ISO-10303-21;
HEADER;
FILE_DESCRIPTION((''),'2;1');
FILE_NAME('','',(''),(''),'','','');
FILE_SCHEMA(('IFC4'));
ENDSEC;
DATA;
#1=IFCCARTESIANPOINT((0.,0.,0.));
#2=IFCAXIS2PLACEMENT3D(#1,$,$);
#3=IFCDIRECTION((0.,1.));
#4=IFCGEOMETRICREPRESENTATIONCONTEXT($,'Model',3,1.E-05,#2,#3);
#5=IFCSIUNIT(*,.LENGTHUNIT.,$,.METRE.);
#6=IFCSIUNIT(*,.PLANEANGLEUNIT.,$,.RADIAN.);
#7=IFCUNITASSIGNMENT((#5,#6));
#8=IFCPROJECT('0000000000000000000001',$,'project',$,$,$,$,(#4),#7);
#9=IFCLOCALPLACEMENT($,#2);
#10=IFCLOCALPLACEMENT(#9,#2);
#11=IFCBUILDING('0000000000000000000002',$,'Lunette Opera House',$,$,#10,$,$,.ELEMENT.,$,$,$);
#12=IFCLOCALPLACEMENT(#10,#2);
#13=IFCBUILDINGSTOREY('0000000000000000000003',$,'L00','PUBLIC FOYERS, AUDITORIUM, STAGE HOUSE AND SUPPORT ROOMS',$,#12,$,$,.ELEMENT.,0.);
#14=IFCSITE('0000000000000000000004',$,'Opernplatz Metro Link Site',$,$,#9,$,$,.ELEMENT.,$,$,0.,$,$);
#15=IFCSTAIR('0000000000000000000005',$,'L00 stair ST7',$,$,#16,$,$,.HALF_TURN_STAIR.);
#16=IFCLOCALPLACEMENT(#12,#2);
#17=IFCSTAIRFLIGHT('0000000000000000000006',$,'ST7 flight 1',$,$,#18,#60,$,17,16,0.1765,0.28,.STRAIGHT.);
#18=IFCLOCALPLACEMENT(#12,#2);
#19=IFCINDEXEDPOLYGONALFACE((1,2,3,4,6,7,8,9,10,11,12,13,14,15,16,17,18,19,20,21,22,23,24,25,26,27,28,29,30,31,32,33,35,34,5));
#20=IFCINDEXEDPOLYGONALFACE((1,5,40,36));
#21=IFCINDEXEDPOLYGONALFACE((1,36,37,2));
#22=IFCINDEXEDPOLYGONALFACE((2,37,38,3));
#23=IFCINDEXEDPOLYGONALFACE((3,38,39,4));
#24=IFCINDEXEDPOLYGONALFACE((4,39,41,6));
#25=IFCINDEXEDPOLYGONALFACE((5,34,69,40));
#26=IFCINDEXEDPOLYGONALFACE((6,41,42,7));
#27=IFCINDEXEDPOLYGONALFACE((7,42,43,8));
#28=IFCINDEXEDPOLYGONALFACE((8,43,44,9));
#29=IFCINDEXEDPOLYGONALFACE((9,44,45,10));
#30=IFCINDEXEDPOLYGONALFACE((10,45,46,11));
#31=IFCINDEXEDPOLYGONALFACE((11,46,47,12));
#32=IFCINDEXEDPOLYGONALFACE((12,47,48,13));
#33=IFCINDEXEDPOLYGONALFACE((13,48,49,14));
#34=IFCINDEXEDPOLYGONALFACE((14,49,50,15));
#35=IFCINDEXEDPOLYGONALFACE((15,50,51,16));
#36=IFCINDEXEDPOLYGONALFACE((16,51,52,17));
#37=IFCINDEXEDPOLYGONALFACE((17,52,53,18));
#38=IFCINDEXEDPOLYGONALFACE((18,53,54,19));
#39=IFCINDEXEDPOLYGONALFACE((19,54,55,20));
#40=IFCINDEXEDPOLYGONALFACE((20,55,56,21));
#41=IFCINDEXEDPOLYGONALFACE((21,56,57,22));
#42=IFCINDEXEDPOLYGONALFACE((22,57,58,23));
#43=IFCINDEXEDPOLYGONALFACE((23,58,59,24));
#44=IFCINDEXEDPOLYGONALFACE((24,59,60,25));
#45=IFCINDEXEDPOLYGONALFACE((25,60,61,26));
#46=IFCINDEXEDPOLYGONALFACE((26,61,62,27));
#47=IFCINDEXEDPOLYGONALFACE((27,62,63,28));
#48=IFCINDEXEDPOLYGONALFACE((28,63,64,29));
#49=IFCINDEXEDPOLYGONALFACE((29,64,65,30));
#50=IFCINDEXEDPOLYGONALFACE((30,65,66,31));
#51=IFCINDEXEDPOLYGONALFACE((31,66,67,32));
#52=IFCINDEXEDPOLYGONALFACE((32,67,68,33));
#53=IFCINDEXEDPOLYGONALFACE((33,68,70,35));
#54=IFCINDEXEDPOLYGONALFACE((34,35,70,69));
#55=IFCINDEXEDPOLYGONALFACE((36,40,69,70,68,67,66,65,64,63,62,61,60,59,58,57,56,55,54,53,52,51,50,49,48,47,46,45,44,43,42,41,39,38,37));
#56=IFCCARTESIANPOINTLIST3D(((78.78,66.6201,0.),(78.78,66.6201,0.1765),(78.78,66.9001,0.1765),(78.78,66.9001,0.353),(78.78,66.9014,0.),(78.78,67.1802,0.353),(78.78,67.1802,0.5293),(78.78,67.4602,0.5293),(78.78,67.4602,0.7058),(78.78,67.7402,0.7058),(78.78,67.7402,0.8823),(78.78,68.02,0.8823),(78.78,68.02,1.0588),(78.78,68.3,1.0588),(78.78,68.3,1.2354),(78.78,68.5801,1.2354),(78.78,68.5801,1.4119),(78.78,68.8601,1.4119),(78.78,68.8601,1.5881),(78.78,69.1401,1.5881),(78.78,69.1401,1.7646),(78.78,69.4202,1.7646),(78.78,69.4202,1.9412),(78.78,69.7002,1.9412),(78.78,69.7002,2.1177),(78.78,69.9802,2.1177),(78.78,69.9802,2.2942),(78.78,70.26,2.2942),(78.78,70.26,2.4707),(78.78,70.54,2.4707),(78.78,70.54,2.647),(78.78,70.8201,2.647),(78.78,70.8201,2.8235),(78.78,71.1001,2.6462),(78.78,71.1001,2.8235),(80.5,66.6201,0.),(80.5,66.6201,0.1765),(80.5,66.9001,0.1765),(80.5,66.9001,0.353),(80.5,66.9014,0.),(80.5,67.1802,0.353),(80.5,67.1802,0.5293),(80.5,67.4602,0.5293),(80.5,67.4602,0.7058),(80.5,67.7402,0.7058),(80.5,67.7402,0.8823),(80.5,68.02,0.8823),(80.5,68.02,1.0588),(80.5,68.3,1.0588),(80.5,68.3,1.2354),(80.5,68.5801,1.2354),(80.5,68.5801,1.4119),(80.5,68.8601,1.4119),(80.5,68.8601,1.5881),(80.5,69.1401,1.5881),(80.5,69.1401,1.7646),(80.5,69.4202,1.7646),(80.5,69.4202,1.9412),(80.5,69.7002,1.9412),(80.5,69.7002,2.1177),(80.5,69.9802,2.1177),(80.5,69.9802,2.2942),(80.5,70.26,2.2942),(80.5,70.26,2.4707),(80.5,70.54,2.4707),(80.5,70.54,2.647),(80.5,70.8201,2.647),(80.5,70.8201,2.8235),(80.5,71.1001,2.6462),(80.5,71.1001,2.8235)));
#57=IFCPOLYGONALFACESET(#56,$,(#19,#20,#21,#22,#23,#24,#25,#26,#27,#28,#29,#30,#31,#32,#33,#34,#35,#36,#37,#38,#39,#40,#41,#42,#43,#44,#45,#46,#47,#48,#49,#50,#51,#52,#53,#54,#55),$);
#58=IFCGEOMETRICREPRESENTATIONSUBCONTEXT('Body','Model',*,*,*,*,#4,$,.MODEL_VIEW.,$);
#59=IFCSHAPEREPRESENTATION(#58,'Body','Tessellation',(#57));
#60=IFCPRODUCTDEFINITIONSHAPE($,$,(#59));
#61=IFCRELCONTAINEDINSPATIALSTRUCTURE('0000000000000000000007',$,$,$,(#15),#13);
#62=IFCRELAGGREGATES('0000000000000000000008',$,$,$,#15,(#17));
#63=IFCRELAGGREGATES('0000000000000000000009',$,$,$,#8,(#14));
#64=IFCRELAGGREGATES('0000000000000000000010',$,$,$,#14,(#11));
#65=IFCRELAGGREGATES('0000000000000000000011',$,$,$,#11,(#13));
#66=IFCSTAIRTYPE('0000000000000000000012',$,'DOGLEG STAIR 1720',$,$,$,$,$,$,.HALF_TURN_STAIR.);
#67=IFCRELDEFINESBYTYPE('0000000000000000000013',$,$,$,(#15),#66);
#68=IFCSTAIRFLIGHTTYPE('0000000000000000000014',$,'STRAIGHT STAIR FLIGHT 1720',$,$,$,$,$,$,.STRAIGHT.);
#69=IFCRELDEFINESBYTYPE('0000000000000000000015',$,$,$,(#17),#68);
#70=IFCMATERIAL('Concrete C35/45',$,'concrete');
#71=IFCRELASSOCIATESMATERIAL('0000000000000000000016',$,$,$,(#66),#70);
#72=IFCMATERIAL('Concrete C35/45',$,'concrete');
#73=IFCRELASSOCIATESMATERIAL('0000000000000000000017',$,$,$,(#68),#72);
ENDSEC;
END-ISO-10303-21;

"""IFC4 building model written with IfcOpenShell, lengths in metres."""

from ifc_helpers import new_model, si_unit, direction, frame, origin, place, context, subcontext, project, spatial, polyline, outline, extrude, material, type_object, element, aggregate, save


model = new_model("IFC4")

# Units and contexts
model_context = context("Model", 3, precision=1e-05, world=origin(), true_north=direction((0.0, 1.0)))
body_context = subcontext(model_context, "Body", "Model", "MODEL_VIEW")
ifc_project = project(units=[si_unit("LENGTHUNIT", "METRE"), si_unit("PLANEANGLEUNIT", "RADIAN")], contexts=[model_context])

# Site, building, storey
site_placement = place(None, origin())
site = spatial("IfcSite", under=ifc_project, at=site_placement, Name="Opernplatz Metro Link Site", CompositionType="ELEMENT", RefElevation=0.0)
building_placement = place(site_placement, origin())
building = spatial("IfcBuilding", under=site, at=building_placement, Name="Lunette Opera House", CompositionType="ELEMENT")
storey_placement = place(building_placement, origin())
storey = spatial("IfcBuildingStorey", under=building, at=storey_placement, Name="L00", Description="PUBLIC FOYERS, AUDITORIUM, STAGE HOUSE AND SUPPORT ROOMS", CompositionType="ELEMENT", Elevation=0.0)

# Stair, stair flight
ifc_material_1 = material(Name="Concrete C35/45", Category="concrete")
stair_type = type_object("IfcStairType", Name="DOGLEG STAIR 1720", PredefinedType="HALF_TURN_STAIR", material=ifc_material_1)
stair_placement = place(storey_placement, origin())
stair = element("IfcStair", 1, at=stair_placement, inside=storey, type_object=stair_type, Name="L00 stair ST7", PredefinedType="HALF_TURN_STAIR")
ifc_material_2 = material(Name="Concrete C35/45", Category="concrete")
stair_flight_type = type_object("IfcStairFlightType", Name="STRAIGHT STAIR FLIGHT 1720", PredefinedType="STRAIGHT", material=ifc_material_2)
stair_flight_placement = place(storey_placement, frame((79.6399, 66.6201, 0.0), z_axis=(0.0, 0.0, 1.0), x_axis=(0.0, 1.0, 0.0)))
stair_flight = element("IfcStairFlight", 2, at=stair_flight_placement, type_object=stair_flight_type, Name="ST7 flight 1", NumberOfRisers=17, NumberOfTreads=16, PredefinedType="STRAIGHT", RiserHeight=0.1765, TreadLength=0.28, context=body_context, shape_type="SweptSolid", body=[
    extrude(outline(polyline([(0.0, 0.0), (0.0, 0.1765), (0.28, 0.1765), (0.28, 0.353), (0.5601, 0.353), (0.5601, 0.5293), (0.8401, 0.5293), (0.8401, 0.7058), (1.1201, 0.7058), (1.1201, 0.8823), (1.3999, 0.8823), (1.3999, 1.0588), (1.6799, 1.0588), (1.6799, 1.2354), (1.96, 1.2354), (1.96, 1.4119), (2.24, 1.4119), (2.24, 1.5881), (2.52, 1.5881), (2.52, 1.7646), (2.8, 1.7646), (2.8, 1.9412), (3.0801, 1.9412), (3.0801, 2.1177), (3.3601, 2.1177), (3.3601, 2.2942), (3.6399, 2.2942), (3.6399, 2.4707), (3.9199, 2.4707), (3.9199, 2.647), (4.2, 2.647), (4.2, 2.8235), (4.48, 2.8235), (4.48, 3.0), (4.48, 2.6462), (0.2812, 0.0), (0.0, 0.0)])), frame((0.0, 0.8599, 0.0), z_axis=(0.0, -1.0, 0.0), x_axis=(1.0, 0.0, 0.0)), (0.0, 0.0, 1.0), 1.72),
])
aggregate(stair, [stair_flight])

save(model, "model.ifc")
